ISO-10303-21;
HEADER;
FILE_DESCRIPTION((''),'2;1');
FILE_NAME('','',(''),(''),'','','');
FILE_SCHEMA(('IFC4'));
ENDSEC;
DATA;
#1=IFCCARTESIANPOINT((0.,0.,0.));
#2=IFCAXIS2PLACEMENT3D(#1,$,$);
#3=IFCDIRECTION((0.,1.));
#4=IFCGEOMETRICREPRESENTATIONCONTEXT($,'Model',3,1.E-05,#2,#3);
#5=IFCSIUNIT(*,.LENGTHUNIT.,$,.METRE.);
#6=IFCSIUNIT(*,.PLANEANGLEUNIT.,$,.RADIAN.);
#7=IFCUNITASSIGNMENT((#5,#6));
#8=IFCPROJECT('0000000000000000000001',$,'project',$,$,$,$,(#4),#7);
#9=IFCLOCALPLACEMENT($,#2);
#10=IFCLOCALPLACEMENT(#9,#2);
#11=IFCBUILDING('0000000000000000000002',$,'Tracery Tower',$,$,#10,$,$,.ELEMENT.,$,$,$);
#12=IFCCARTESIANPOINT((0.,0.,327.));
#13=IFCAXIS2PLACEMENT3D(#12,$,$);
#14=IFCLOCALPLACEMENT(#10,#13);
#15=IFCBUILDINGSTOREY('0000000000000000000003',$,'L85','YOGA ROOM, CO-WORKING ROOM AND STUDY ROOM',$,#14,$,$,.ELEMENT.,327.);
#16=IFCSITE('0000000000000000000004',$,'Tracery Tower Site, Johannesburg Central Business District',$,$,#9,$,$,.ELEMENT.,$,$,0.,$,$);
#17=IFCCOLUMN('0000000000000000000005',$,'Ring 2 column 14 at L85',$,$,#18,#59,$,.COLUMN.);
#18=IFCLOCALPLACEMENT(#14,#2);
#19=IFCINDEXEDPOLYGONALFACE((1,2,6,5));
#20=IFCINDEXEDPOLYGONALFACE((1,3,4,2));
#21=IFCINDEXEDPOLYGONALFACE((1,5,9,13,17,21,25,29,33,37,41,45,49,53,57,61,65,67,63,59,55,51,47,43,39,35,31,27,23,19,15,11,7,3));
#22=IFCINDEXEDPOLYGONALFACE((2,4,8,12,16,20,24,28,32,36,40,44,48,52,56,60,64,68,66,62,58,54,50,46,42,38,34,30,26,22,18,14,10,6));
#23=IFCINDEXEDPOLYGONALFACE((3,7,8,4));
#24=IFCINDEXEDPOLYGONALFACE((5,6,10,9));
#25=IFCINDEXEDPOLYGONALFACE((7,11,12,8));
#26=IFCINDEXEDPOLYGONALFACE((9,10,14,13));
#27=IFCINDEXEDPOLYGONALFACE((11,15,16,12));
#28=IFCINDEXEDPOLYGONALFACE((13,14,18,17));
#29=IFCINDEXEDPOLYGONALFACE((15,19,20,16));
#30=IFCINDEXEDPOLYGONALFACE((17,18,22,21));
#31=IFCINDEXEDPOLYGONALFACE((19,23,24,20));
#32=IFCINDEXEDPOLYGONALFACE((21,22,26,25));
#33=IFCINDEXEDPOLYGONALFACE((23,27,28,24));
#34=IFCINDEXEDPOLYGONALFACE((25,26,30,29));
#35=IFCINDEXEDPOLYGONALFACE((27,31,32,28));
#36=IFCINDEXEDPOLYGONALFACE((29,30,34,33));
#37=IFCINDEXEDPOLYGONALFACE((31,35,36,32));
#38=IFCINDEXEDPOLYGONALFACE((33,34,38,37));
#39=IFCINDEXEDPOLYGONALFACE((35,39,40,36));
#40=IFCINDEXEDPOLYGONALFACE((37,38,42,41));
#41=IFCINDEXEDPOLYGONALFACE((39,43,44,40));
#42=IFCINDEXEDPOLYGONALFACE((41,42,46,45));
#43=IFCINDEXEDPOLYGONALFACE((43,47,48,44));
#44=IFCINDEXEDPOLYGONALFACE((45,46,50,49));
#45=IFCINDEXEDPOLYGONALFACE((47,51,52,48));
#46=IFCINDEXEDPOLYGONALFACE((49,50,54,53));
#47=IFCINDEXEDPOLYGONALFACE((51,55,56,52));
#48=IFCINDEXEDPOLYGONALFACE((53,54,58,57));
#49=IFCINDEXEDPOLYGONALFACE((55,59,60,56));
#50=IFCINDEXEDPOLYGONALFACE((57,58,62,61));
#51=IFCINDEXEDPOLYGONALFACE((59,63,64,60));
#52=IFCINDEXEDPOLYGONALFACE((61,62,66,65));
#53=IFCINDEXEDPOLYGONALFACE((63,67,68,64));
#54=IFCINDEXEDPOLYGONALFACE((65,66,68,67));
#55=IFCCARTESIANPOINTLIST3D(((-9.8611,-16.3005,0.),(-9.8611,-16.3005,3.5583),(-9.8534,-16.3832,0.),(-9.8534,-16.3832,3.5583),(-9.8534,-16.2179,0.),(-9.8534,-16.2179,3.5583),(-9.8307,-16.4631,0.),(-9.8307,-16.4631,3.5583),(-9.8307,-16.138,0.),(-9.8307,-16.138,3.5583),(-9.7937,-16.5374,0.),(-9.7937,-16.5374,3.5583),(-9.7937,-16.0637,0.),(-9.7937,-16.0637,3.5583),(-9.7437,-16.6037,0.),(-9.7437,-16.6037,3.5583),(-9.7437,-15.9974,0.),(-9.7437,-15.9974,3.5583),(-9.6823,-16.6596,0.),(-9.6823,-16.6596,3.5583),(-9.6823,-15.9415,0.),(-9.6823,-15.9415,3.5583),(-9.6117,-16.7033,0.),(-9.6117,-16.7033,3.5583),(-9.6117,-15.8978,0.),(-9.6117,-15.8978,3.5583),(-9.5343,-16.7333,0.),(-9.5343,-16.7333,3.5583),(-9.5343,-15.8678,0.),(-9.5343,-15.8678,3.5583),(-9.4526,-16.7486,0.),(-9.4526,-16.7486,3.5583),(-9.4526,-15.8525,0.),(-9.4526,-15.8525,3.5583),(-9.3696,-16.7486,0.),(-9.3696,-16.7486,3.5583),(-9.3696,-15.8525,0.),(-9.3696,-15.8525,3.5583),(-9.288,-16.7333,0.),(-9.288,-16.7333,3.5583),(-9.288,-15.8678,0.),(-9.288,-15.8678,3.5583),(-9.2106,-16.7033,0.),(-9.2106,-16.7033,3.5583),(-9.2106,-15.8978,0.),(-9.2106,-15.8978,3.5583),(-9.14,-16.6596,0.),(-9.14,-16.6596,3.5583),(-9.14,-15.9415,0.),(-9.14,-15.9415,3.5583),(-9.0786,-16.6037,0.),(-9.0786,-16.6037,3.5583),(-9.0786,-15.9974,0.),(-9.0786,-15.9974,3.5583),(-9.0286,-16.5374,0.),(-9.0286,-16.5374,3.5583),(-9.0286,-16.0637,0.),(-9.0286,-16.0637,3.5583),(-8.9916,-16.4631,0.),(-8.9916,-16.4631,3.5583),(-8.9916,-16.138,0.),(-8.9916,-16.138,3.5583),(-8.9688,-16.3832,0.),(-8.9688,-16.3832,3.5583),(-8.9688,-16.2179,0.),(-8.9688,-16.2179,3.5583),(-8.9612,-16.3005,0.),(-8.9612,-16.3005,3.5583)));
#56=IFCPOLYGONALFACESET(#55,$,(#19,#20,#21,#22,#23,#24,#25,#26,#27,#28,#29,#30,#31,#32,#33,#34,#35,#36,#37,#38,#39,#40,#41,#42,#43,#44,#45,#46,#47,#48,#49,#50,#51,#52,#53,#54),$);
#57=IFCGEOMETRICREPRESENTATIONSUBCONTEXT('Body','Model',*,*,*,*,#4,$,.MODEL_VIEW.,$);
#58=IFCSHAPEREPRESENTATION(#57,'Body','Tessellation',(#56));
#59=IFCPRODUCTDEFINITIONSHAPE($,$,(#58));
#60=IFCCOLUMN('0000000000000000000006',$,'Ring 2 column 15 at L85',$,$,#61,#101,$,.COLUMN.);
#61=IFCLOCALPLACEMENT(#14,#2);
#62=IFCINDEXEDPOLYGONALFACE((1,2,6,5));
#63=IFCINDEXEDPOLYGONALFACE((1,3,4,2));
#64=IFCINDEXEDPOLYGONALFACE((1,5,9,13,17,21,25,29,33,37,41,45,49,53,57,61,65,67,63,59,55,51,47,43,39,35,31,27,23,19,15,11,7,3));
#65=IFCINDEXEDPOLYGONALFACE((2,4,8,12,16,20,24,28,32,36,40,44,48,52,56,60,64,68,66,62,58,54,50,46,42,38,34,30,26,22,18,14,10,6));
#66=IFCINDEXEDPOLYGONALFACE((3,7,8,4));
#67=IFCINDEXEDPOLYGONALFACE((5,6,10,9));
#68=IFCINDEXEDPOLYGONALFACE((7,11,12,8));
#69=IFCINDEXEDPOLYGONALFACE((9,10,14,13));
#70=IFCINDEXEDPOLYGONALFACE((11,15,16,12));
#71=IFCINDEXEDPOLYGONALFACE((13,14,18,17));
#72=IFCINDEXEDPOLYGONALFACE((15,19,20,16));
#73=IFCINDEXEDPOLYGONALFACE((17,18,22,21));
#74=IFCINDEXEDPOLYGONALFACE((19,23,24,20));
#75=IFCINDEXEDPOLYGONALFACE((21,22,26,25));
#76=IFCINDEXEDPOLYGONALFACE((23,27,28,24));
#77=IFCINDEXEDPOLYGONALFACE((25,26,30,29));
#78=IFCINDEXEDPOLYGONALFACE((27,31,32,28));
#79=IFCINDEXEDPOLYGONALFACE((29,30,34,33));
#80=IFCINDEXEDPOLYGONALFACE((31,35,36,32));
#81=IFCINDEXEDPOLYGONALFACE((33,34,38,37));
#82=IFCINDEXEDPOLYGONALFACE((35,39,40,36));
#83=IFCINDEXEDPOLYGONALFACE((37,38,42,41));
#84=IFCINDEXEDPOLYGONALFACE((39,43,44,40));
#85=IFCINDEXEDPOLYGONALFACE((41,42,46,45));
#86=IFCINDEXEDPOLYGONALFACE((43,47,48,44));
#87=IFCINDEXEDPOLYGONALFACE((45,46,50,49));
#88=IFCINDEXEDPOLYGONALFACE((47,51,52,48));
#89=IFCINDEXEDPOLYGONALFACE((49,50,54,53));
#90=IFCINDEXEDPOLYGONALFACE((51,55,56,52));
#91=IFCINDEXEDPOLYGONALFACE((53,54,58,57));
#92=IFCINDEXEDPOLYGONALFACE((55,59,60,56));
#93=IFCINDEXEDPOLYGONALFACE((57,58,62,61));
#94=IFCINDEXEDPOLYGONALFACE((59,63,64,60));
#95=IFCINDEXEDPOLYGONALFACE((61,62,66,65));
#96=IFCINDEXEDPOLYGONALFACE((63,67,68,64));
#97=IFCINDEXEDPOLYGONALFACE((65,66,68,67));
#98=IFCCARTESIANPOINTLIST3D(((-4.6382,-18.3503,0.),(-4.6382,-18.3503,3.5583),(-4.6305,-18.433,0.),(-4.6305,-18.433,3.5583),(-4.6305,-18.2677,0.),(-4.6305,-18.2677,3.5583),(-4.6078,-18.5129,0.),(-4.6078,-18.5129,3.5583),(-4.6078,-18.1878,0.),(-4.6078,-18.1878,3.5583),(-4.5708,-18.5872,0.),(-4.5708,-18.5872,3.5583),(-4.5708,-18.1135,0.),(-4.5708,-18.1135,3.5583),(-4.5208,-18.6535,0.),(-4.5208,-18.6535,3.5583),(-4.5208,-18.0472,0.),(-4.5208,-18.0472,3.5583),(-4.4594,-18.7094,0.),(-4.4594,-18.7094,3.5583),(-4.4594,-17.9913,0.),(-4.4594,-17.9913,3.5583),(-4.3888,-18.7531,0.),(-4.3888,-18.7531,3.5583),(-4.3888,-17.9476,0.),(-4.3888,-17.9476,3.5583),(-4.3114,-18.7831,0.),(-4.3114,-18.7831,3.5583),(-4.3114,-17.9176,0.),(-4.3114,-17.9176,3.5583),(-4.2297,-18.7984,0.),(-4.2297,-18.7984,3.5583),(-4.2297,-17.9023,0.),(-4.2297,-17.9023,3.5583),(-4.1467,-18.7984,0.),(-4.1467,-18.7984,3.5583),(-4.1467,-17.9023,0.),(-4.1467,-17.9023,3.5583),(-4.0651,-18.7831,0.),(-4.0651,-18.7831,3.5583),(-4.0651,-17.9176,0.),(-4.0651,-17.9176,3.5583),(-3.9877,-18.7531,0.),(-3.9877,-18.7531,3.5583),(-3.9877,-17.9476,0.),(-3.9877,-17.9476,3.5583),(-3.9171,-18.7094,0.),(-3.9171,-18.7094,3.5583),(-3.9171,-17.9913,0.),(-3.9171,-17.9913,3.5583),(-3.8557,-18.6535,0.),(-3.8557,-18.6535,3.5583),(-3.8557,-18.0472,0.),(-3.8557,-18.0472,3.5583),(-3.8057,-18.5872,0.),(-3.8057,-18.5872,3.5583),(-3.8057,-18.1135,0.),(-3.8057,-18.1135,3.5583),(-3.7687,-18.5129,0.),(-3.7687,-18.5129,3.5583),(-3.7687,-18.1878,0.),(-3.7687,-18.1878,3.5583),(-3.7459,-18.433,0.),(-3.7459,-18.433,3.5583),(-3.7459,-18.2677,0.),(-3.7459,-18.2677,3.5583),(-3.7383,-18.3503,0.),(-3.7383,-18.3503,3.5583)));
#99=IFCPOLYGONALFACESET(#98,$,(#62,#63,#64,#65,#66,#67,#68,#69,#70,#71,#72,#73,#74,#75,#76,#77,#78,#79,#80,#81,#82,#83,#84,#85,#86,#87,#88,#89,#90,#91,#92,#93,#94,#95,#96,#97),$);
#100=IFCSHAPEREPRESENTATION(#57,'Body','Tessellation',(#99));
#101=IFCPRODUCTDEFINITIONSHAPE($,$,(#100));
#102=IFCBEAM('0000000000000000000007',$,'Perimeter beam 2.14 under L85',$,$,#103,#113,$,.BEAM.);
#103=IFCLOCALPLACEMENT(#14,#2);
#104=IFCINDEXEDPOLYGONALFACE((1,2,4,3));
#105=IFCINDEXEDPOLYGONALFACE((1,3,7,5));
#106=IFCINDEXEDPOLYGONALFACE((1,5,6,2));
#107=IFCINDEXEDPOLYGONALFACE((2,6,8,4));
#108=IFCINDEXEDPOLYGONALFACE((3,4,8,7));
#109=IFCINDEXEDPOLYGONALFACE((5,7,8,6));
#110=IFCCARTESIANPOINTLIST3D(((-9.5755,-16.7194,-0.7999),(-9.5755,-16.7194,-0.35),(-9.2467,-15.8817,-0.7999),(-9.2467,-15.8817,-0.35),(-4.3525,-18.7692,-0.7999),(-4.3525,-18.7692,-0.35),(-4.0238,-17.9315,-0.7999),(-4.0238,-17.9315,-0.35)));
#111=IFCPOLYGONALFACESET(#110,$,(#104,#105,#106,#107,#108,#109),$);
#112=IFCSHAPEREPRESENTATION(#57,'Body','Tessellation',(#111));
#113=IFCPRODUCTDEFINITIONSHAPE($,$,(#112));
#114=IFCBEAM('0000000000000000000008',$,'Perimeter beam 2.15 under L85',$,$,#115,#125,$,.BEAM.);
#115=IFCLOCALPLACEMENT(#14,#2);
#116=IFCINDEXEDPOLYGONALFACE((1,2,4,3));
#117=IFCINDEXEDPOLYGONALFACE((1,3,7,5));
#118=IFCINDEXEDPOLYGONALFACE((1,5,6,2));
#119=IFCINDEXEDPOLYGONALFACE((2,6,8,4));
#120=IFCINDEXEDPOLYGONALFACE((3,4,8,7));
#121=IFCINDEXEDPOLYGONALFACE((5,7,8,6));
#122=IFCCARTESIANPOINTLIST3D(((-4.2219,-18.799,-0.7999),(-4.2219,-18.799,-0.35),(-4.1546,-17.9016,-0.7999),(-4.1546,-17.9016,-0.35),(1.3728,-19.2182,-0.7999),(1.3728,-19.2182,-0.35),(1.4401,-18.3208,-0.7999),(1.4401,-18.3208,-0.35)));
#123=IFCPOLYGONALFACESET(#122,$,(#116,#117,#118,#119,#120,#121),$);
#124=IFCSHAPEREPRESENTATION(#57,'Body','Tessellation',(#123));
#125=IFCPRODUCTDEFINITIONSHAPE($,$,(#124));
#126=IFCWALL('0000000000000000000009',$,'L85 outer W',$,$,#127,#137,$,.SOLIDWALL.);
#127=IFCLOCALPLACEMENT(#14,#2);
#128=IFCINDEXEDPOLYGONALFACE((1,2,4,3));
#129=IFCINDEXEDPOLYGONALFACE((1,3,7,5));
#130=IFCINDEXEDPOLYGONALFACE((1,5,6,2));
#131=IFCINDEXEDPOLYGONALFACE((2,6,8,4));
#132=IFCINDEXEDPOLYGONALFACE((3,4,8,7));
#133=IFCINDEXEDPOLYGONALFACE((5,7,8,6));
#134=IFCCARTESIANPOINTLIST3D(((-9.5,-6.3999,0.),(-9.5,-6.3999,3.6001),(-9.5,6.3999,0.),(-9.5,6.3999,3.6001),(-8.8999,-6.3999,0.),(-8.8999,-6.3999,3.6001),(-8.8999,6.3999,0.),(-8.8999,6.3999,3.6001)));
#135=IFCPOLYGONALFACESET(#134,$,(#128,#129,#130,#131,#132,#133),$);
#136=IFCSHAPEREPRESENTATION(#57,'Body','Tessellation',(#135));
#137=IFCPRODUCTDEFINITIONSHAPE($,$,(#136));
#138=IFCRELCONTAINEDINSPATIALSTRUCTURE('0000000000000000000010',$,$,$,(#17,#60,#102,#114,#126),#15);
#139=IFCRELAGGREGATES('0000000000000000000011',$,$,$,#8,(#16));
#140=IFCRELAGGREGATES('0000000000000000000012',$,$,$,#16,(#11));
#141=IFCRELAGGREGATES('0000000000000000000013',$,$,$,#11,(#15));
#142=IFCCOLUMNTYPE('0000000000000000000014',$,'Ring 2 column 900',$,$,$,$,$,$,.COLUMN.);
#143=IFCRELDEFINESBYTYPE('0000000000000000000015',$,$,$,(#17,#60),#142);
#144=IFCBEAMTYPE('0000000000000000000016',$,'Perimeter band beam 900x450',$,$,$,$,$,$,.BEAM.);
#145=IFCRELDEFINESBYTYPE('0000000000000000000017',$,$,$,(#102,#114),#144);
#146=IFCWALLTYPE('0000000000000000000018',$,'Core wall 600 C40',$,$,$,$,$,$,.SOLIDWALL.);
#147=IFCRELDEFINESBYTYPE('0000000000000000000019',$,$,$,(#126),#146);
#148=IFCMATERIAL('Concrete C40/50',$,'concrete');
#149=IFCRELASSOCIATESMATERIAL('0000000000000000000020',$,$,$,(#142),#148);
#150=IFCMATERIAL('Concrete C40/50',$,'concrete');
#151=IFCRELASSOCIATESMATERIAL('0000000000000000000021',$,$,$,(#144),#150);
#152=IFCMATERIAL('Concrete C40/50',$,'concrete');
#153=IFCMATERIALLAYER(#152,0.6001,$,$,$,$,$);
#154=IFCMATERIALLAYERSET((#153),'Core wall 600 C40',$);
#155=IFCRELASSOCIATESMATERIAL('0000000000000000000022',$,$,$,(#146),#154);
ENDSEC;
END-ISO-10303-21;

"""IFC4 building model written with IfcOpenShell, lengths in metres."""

from ifc_helpers import new_model, si_unit, direction, frame, frame_2d, origin, origin_2d, place, context, subcontext, project, spatial, rectangle, circle, extrude, material, layer, layer_set, material_profile, profile_set, type_object, element, save


model = new_model("IFC4")

# Units and contexts
model_context = context("Model", 3, precision=1e-05, world=origin(), true_north=direction((0.0, 1.0)))
body_context = subcontext(model_context, "Body", "Model", "MODEL_VIEW")
ifc_project = project(units=[si_unit("LENGTHUNIT", "METRE"), si_unit("PLANEANGLEUNIT", "RADIAN")], contexts=[model_context])

# Site, building, storey
site_placement = place(None, origin())
site = spatial("IfcSite", under=ifc_project, at=site_placement, Name="Tracery Tower Site, Johannesburg Central Business District", CompositionType="ELEMENT", RefElevation=0.0)
building_placement = place(site_placement, origin())
building = spatial("IfcBuilding", under=site, at=building_placement, Name="Tracery Tower", CompositionType="ELEMENT")
storey_placement = place(building_placement, frame((0.0, 0.0, 327.0)))
storey = spatial("IfcBuildingStorey", under=building, at=storey_placement, Name="L85", Description="YOGA ROOM, CO-WORKING ROOM AND STUDY ROOM", CompositionType="ELEMENT", Elevation=327.0)

# Columns
ifc_material_1 = material(Name="Concrete C40/50", Category="concrete")
ifc_material_profile_1 = material_profile(ifc_material_1, circle(Radius=0.45, at=origin_2d()), Name="RC D900")
ifc_profile_set_1 = profile_set([ifc_material_profile_1], Name="Concrete C40/50")
column_type = type_object("IfcColumnType", Name="Ring 2 column 900", PredefinedType="COLUMN", material=ifc_profile_set_1)
for number, where, z_axis, x_axis, name in (
    (1, (-9.4111, -16.3005, 0.0), (0.0, 0.0, 1.0), (1.0, 0.0, 0.0), "Ring 2 column 14 at L85"),
    (2, (-4.1882, -18.3503, 0.0), (0.0, 0.0, 1.0), (1.0, 0.0, 0.0), "Ring 2 column 15 at L85"),
):
    element("IfcColumn", number, at=place(storey_placement, frame(where, z_axis=z_axis, x_axis=x_axis)), inside=storey, type_object=column_type, Name=name, PredefinedType="COLUMN", context=body_context, shape_type="SweptSolid", body=[
        extrude(circle(Radius=0.45, at=origin_2d()), origin(), (0.0, 0.0, 1.0), 3.5583),
    ])

# Beams
ifc_material_2 = material(Name="Concrete C40/50", Category="concrete")
ifc_material_profile_2 = material_profile(ifc_material_2, rectangle(XDim=0.8999, YDim=0.45, at=origin_2d()), Name="RC 900x450")
ifc_profile_set_2 = profile_set([ifc_material_profile_2], Name="Concrete C40/50")
beam_type = type_object("IfcBeamType", Name="Perimeter band beam 900x450", PredefinedType="BEAM", material=ifc_profile_set_2)
beam_1_placement = place(storey_placement, frame((-9.4111, -16.3005, -0.575), z_axis=(0.930876, -0.365336, 0.0), x_axis=(0.365336, 0.930876, 0.0)))
element("IfcBeam", 3, at=beam_1_placement, inside=storey, type_object=beam_type, Name="Perimeter beam 2.14 under L85", PredefinedType="BEAM", context=body_context, shape_type="SweptSolid", body=[
    extrude(rectangle(XDim=0.8999, YDim=0.45, at=origin_2d()), origin(), (0.0, 0.0, 1.0), 5.6108),
])
beam_2_placement = place(storey_placement, frame((-4.1882, -18.3503, -0.575), z_axis=(0.997205, -0.074716, 0.0), x_axis=(0.074716, 0.997205, 0.0)))
element("IfcBeam", 4, at=beam_2_placement, inside=storey, type_object=beam_type, Name="Perimeter beam 2.15 under L85", PredefinedType="BEAM", context=body_context, shape_type="SweptSolid", body=[
    extrude(rectangle(XDim=0.8999, YDim=0.45, at=origin_2d()), origin(), (0.0, 0.0, 1.0), 5.6104),
])

# Wall
ifc_material_3 = material(Name="Concrete C40/50", Category="concrete")
ifc_layer_1 = layer(ifc_material_3, 0.6001)
ifc_layer_set_1 = layer_set([ifc_layer_1], Name="Core wall 600 C40")
wall_type_1 = type_object("IfcWallType", Name="Core wall 600 C40", PredefinedType="SOLIDWALL", material=ifc_layer_set_1)
wall_1_placement = place(storey_placement, frame((-9.2, -6.3999, 0.0), z_axis=(0.0, 0.0, 1.0), x_axis=(0.0, 1.0, 0.0)))
element("IfcWall", 5, at=wall_1_placement, inside=storey, type_object=wall_type_1, Name="L85 outer W", PredefinedType="SOLIDWALL", context=body_context, shape_type="SweptSolid", body=[
    extrude(rectangle(XDim=12.7998, YDim=0.6001, at=frame_2d((6.3999, 0.0))), origin(), (0.0, 0.0, 1.0), 3.6001),
])

save(model, "model.ifc")
